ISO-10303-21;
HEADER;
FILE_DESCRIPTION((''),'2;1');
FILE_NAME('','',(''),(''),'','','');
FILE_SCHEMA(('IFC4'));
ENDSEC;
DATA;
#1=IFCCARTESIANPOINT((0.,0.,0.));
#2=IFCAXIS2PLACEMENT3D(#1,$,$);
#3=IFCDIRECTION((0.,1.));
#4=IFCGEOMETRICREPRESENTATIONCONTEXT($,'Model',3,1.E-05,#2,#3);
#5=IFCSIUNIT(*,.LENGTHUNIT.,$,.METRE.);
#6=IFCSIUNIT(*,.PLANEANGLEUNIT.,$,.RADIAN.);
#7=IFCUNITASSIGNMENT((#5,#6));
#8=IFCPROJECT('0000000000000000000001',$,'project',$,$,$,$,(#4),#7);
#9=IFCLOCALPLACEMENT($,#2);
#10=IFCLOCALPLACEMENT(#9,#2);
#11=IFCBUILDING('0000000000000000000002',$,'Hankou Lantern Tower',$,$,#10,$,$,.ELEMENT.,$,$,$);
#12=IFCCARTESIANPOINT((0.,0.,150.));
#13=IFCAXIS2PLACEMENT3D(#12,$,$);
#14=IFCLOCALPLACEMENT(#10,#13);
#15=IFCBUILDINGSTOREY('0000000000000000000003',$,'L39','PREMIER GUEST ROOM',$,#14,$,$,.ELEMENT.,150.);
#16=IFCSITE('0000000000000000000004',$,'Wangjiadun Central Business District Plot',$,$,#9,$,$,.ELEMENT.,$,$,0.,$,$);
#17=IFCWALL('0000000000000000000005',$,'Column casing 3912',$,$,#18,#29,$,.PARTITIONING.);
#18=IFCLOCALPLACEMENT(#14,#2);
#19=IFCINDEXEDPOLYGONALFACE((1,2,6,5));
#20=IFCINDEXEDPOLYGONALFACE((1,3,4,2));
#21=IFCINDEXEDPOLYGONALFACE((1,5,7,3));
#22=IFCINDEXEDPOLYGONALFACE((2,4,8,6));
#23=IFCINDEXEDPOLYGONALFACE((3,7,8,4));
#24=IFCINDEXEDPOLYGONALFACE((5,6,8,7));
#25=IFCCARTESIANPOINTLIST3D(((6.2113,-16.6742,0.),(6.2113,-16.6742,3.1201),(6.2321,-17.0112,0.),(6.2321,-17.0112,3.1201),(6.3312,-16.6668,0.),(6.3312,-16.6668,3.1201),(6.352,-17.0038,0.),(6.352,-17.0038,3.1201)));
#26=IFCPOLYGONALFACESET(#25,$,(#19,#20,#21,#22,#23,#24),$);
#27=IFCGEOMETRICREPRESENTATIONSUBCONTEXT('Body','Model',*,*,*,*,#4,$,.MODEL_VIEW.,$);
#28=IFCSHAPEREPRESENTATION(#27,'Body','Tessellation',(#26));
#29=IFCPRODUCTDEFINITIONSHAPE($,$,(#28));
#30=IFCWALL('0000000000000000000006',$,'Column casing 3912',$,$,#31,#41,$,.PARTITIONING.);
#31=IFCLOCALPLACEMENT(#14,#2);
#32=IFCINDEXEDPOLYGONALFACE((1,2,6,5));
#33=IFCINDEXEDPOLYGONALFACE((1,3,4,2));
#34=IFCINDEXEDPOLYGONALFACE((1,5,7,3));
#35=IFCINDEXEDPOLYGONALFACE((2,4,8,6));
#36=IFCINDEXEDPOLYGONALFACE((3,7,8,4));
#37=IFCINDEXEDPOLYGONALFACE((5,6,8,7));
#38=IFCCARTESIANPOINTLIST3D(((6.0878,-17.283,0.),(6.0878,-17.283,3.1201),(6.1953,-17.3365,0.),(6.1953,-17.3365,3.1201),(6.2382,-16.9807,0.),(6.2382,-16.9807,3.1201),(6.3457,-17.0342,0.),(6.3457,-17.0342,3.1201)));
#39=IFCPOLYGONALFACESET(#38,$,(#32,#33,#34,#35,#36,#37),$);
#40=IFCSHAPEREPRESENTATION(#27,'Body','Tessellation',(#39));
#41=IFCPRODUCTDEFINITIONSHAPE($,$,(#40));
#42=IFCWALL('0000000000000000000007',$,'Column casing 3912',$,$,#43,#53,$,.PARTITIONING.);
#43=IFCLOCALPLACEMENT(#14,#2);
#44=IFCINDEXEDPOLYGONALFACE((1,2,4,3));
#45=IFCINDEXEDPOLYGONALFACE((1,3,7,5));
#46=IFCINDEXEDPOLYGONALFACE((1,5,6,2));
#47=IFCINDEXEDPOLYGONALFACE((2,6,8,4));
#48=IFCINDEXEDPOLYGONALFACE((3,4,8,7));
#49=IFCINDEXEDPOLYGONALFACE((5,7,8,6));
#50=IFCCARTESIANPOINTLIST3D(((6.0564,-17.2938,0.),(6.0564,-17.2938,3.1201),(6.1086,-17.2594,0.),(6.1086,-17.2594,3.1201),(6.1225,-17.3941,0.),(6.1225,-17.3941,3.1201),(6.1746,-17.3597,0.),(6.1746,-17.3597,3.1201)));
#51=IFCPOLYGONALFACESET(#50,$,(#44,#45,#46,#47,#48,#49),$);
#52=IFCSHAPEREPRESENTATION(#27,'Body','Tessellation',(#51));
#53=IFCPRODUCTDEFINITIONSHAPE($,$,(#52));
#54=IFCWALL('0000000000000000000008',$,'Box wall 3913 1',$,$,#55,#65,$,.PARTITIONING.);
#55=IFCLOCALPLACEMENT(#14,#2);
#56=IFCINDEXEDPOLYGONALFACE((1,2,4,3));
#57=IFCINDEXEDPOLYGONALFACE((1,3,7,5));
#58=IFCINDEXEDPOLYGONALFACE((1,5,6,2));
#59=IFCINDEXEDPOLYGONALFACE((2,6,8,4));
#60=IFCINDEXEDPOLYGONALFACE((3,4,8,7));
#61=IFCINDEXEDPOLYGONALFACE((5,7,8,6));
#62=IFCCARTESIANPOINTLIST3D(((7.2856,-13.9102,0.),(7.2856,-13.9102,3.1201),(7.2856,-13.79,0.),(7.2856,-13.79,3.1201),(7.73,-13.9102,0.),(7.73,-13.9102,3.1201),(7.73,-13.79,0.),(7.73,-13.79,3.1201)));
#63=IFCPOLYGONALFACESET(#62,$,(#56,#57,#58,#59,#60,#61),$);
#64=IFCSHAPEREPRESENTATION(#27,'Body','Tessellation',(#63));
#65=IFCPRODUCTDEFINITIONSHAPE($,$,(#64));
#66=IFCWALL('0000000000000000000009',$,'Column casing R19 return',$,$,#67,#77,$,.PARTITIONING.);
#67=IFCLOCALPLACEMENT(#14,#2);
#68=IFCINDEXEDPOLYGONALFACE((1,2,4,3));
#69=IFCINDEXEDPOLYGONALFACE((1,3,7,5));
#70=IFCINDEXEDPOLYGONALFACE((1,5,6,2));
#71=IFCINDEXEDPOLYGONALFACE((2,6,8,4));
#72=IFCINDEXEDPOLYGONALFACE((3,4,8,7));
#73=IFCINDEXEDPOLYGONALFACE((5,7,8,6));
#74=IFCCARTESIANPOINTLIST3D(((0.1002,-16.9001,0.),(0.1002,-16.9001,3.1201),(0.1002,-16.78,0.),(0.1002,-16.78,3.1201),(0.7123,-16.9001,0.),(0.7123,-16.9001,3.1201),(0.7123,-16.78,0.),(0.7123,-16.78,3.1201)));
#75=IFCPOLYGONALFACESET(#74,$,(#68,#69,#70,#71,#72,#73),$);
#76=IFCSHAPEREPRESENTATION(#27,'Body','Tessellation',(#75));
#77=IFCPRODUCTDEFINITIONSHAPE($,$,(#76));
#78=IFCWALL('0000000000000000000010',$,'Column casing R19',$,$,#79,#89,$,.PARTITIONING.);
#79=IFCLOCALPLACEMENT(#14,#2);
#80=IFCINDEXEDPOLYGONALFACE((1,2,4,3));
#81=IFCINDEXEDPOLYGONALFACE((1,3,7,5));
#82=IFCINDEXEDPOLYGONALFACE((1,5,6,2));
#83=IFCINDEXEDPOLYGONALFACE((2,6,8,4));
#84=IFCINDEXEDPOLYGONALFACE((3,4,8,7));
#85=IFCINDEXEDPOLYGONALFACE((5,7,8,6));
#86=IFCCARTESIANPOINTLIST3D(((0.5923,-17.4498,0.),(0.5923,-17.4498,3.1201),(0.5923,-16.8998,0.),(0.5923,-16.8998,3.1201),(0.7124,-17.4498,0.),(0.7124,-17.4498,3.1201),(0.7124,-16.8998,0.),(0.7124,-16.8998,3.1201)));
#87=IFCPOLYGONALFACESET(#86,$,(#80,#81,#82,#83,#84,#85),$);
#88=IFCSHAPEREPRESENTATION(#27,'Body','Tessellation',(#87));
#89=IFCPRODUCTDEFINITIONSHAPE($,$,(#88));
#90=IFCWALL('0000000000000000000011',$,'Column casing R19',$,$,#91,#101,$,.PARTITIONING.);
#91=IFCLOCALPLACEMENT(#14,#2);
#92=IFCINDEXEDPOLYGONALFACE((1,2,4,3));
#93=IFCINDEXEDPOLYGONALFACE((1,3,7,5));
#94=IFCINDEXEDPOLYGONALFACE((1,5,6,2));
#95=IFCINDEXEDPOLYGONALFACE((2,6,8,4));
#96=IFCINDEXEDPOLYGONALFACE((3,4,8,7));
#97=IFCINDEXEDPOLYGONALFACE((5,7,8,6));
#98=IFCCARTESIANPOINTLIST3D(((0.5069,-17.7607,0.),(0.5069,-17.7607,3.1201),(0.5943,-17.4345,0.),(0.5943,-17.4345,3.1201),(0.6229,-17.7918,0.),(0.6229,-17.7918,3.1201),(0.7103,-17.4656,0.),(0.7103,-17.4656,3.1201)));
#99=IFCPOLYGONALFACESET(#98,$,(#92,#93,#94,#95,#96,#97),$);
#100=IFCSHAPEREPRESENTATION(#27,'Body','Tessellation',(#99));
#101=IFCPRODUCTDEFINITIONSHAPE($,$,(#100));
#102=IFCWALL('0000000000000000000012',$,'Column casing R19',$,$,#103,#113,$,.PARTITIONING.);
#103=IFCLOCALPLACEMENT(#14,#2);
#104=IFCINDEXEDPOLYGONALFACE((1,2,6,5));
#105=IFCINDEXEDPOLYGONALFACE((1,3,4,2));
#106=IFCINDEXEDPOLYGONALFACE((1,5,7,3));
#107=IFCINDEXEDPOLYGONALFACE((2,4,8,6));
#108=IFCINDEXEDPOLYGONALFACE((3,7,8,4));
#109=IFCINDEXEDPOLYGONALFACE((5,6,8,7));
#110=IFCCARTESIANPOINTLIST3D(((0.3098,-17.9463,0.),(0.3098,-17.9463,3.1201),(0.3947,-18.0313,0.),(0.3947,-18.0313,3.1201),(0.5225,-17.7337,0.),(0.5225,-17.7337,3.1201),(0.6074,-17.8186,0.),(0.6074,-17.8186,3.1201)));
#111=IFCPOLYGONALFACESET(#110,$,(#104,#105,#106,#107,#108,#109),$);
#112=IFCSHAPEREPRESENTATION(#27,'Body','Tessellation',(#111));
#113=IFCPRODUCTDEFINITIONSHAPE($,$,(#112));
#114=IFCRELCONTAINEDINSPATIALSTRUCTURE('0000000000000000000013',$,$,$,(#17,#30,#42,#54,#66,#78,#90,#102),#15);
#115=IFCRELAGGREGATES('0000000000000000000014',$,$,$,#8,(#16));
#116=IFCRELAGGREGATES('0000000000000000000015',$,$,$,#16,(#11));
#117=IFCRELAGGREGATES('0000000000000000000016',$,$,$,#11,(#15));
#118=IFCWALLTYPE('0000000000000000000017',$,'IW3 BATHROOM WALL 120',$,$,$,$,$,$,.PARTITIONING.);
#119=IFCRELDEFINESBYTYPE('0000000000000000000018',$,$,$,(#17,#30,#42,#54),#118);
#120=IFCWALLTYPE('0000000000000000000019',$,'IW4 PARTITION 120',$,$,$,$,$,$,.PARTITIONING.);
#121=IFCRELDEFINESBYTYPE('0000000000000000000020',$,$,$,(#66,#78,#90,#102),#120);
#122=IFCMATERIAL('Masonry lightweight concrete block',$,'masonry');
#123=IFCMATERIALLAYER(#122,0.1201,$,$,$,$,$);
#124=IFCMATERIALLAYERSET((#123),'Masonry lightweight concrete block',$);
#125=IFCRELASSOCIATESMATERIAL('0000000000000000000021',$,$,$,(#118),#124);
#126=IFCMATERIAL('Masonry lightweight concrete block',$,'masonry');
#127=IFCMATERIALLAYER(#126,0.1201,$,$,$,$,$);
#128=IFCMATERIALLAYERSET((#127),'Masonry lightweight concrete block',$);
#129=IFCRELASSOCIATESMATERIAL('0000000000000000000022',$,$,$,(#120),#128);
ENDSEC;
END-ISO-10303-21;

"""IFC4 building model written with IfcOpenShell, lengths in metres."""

from ifc_helpers import new_model, si_unit, direction, frame, frame_2d, origin, place, context, subcontext, project, spatial, rectangle, extrude, material, layer, layer_set, type_object, element, save


model = new_model("IFC4")

# Units and contexts
model_context = context("Model", 3, precision=1e-05, world=origin(), true_north=direction((0.0, 1.0)))
body_context = subcontext(model_context, "Body", "Model", "MODEL_VIEW")
ifc_project = project(units=[si_unit("LENGTHUNIT", "METRE"), si_unit("PLANEANGLEUNIT", "RADIAN")], contexts=[model_context])

# Site, building, storey
site_placement = place(None, origin())
site = spatial("IfcSite", under=ifc_project, at=site_placement, Name="Wangjiadun Central Business District Plot", CompositionType="ELEMENT", RefElevation=0.0)
building_placement = place(site_placement, origin())
building = spatial("IfcBuilding", under=site, at=building_placement, Name="Hankou Lantern Tower", CompositionType="ELEMENT")
storey_placement = place(building_placement, frame((0.0, 0.0, 150.0)))
storey = spatial("IfcBuildingStorey", under=building, at=storey_placement, Name="L39", Description="PREMIER GUEST ROOM", CompositionType="ELEMENT", Elevation=150.0)

# Shared definitions
ifc_material_1 = material(Name="Masonry lightweight concrete block", Category="masonry")
ifc_layer_1 = layer(ifc_material_1, 0.1201)
ifc_layer_set_1 = layer_set([ifc_layer_1], Name="Masonry lightweight concrete block")
wall_type_1 = type_object("IfcWallType", Name="IW3 BATHROOM WALL 120", PredefinedType="PARTITIONING", material=ifc_layer_set_1)

# Walls
for number, where, z_axis, x_axis, name in (
    (1, (6.2712, -16.6704, 0.0), (0.0, 0.0, 1.0), (0.061478, -0.998108, 0.0), "Column casing 3912"),
    (2, (6.292, -17.0073, 0.0), (0.0, 0.0, 1.0), (-0.445477, -0.895293, 0.0), "Column casing 3912"),
):
    element("IfcWall", number, at=place(storey_placement, frame(where, z_axis=z_axis, x_axis=x_axis)), inside=storey, type_object=wall_type_1, Name=name, PredefinedType="PARTITIONING", context=body_context, shape_type="SweptSolid", body=[
        extrude(rectangle(XDim=0.3376, YDim=0.1201, at=frame_2d((0.1689, 0.0))), origin(), (0.0, 0.0, 1.0), 3.1201),
    ])
wall_1_placement = place(storey_placement, frame((6.1416, -17.3096, 0.0), z_axis=(0.0, 0.0, 1.0), x_axis=(-0.83504, -0.55019, 0.0)))
element("IfcWall", 3, at=wall_1_placement, inside=storey, type_object=wall_type_1, Name="Column casing 3912", PredefinedType="PARTITIONING", context=body_context, shape_type="SweptSolid", body=[
    extrude(rectangle(XDim=0.0625, YDim=0.1201, at=frame_2d((0.0312, 0.0))), origin(), (0.0, 0.0, 1.0), 3.1201),
])
wall_2_placement = place(storey_placement, frame((7.2856, -13.8501, 0.0), z_axis=(0.0, 0.0, 1.0), x_axis=(1.0, 0.0, 0.0)))
element("IfcWall", 4, at=wall_2_placement, inside=storey, type_object=wall_type_1, Name="Box wall 3913 1", PredefinedType="PARTITIONING", context=body_context, shape_type="SweptSolid", body=[
    extrude(rectangle(XDim=0.4443, YDim=0.1201, at=frame_2d((0.2222, 0.0))), origin(), (0.0, 0.0, 1.0), 3.1201),
])
ifc_material_2 = material(Name="Masonry lightweight concrete block", Category="masonry")
ifc_layer_2 = layer(ifc_material_2, 0.1201)
ifc_layer_set_2 = layer_set([ifc_layer_2], Name="Masonry lightweight concrete block")
wall_type_2 = type_object("IfcWallType", Name="IW4 PARTITION 120", PredefinedType="PARTITIONING", material=ifc_layer_set_2)
wall_3_placement = place(storey_placement, frame((0.1001, -16.8401, 0.0), z_axis=(0.0, 0.0, 1.0), x_axis=(1.0, 0.0, 0.0)))
element("IfcWall", 5, at=wall_3_placement, inside=storey, type_object=wall_type_2, Name="Column casing R19 return", PredefinedType="PARTITIONING", context=body_context, shape_type="SweptSolid", body=[
    extrude(rectangle(XDim=0.6121, YDim=0.1201, at=frame_2d((0.3062, 0.0))), origin(), (0.0, 0.0, 1.0), 3.1201),
])
wall_4_placement = place(storey_placement, frame((0.6523, -16.8999, 0.0), z_axis=(0.0, 0.0, 1.0), x_axis=(0.0, -1.0, 0.0)))
element("IfcWall", 6, at=wall_4_placement, inside=storey, type_object=wall_type_2, Name="Column casing R19", PredefinedType="PARTITIONING", context=body_context, shape_type="SweptSolid", body=[
    extrude(rectangle(XDim=0.55, YDim=0.1201, at=frame_2d((0.2749, 0.0))), origin(), (0.0, 0.0, 1.0), 3.1201),
])
wall_5_placement = place(storey_placement, frame((0.6523, -17.45, 0.0), z_axis=(0.0, 0.0, 1.0), x_axis=(-0.258832, -0.965922, 0.0)))
element("IfcWall", 7, at=wall_5_placement, inside=storey, type_object=wall_type_2, Name="Column casing R19", PredefinedType="PARTITIONING", context=body_context, shape_type="SweptSolid", body=[
    extrude(rectangle(XDim=0.3376, YDim=0.1201, at=frame_2d((0.1689, 0.0))), origin(), (0.0, 0.0, 1.0), 3.1201),
])
wall_6_placement = place(storey_placement, frame((0.5649, -17.7761, 0.0), z_axis=(0.0, 0.0, 1.0), x_axis=(-0.707107, -0.707107, 0.0)))
element("IfcWall", 8, at=wall_6_placement, inside=storey, type_object=wall_type_2, Name="Column casing R19", PredefinedType="PARTITIONING", context=body_context, shape_type="SweptSolid", body=[
    extrude(rectangle(XDim=0.3008, YDim=0.1201, at=frame_2d((0.1504, 0.0))), origin(), (0.0, 0.0, 1.0), 3.1201),
])

save(model, "model.ifc")
